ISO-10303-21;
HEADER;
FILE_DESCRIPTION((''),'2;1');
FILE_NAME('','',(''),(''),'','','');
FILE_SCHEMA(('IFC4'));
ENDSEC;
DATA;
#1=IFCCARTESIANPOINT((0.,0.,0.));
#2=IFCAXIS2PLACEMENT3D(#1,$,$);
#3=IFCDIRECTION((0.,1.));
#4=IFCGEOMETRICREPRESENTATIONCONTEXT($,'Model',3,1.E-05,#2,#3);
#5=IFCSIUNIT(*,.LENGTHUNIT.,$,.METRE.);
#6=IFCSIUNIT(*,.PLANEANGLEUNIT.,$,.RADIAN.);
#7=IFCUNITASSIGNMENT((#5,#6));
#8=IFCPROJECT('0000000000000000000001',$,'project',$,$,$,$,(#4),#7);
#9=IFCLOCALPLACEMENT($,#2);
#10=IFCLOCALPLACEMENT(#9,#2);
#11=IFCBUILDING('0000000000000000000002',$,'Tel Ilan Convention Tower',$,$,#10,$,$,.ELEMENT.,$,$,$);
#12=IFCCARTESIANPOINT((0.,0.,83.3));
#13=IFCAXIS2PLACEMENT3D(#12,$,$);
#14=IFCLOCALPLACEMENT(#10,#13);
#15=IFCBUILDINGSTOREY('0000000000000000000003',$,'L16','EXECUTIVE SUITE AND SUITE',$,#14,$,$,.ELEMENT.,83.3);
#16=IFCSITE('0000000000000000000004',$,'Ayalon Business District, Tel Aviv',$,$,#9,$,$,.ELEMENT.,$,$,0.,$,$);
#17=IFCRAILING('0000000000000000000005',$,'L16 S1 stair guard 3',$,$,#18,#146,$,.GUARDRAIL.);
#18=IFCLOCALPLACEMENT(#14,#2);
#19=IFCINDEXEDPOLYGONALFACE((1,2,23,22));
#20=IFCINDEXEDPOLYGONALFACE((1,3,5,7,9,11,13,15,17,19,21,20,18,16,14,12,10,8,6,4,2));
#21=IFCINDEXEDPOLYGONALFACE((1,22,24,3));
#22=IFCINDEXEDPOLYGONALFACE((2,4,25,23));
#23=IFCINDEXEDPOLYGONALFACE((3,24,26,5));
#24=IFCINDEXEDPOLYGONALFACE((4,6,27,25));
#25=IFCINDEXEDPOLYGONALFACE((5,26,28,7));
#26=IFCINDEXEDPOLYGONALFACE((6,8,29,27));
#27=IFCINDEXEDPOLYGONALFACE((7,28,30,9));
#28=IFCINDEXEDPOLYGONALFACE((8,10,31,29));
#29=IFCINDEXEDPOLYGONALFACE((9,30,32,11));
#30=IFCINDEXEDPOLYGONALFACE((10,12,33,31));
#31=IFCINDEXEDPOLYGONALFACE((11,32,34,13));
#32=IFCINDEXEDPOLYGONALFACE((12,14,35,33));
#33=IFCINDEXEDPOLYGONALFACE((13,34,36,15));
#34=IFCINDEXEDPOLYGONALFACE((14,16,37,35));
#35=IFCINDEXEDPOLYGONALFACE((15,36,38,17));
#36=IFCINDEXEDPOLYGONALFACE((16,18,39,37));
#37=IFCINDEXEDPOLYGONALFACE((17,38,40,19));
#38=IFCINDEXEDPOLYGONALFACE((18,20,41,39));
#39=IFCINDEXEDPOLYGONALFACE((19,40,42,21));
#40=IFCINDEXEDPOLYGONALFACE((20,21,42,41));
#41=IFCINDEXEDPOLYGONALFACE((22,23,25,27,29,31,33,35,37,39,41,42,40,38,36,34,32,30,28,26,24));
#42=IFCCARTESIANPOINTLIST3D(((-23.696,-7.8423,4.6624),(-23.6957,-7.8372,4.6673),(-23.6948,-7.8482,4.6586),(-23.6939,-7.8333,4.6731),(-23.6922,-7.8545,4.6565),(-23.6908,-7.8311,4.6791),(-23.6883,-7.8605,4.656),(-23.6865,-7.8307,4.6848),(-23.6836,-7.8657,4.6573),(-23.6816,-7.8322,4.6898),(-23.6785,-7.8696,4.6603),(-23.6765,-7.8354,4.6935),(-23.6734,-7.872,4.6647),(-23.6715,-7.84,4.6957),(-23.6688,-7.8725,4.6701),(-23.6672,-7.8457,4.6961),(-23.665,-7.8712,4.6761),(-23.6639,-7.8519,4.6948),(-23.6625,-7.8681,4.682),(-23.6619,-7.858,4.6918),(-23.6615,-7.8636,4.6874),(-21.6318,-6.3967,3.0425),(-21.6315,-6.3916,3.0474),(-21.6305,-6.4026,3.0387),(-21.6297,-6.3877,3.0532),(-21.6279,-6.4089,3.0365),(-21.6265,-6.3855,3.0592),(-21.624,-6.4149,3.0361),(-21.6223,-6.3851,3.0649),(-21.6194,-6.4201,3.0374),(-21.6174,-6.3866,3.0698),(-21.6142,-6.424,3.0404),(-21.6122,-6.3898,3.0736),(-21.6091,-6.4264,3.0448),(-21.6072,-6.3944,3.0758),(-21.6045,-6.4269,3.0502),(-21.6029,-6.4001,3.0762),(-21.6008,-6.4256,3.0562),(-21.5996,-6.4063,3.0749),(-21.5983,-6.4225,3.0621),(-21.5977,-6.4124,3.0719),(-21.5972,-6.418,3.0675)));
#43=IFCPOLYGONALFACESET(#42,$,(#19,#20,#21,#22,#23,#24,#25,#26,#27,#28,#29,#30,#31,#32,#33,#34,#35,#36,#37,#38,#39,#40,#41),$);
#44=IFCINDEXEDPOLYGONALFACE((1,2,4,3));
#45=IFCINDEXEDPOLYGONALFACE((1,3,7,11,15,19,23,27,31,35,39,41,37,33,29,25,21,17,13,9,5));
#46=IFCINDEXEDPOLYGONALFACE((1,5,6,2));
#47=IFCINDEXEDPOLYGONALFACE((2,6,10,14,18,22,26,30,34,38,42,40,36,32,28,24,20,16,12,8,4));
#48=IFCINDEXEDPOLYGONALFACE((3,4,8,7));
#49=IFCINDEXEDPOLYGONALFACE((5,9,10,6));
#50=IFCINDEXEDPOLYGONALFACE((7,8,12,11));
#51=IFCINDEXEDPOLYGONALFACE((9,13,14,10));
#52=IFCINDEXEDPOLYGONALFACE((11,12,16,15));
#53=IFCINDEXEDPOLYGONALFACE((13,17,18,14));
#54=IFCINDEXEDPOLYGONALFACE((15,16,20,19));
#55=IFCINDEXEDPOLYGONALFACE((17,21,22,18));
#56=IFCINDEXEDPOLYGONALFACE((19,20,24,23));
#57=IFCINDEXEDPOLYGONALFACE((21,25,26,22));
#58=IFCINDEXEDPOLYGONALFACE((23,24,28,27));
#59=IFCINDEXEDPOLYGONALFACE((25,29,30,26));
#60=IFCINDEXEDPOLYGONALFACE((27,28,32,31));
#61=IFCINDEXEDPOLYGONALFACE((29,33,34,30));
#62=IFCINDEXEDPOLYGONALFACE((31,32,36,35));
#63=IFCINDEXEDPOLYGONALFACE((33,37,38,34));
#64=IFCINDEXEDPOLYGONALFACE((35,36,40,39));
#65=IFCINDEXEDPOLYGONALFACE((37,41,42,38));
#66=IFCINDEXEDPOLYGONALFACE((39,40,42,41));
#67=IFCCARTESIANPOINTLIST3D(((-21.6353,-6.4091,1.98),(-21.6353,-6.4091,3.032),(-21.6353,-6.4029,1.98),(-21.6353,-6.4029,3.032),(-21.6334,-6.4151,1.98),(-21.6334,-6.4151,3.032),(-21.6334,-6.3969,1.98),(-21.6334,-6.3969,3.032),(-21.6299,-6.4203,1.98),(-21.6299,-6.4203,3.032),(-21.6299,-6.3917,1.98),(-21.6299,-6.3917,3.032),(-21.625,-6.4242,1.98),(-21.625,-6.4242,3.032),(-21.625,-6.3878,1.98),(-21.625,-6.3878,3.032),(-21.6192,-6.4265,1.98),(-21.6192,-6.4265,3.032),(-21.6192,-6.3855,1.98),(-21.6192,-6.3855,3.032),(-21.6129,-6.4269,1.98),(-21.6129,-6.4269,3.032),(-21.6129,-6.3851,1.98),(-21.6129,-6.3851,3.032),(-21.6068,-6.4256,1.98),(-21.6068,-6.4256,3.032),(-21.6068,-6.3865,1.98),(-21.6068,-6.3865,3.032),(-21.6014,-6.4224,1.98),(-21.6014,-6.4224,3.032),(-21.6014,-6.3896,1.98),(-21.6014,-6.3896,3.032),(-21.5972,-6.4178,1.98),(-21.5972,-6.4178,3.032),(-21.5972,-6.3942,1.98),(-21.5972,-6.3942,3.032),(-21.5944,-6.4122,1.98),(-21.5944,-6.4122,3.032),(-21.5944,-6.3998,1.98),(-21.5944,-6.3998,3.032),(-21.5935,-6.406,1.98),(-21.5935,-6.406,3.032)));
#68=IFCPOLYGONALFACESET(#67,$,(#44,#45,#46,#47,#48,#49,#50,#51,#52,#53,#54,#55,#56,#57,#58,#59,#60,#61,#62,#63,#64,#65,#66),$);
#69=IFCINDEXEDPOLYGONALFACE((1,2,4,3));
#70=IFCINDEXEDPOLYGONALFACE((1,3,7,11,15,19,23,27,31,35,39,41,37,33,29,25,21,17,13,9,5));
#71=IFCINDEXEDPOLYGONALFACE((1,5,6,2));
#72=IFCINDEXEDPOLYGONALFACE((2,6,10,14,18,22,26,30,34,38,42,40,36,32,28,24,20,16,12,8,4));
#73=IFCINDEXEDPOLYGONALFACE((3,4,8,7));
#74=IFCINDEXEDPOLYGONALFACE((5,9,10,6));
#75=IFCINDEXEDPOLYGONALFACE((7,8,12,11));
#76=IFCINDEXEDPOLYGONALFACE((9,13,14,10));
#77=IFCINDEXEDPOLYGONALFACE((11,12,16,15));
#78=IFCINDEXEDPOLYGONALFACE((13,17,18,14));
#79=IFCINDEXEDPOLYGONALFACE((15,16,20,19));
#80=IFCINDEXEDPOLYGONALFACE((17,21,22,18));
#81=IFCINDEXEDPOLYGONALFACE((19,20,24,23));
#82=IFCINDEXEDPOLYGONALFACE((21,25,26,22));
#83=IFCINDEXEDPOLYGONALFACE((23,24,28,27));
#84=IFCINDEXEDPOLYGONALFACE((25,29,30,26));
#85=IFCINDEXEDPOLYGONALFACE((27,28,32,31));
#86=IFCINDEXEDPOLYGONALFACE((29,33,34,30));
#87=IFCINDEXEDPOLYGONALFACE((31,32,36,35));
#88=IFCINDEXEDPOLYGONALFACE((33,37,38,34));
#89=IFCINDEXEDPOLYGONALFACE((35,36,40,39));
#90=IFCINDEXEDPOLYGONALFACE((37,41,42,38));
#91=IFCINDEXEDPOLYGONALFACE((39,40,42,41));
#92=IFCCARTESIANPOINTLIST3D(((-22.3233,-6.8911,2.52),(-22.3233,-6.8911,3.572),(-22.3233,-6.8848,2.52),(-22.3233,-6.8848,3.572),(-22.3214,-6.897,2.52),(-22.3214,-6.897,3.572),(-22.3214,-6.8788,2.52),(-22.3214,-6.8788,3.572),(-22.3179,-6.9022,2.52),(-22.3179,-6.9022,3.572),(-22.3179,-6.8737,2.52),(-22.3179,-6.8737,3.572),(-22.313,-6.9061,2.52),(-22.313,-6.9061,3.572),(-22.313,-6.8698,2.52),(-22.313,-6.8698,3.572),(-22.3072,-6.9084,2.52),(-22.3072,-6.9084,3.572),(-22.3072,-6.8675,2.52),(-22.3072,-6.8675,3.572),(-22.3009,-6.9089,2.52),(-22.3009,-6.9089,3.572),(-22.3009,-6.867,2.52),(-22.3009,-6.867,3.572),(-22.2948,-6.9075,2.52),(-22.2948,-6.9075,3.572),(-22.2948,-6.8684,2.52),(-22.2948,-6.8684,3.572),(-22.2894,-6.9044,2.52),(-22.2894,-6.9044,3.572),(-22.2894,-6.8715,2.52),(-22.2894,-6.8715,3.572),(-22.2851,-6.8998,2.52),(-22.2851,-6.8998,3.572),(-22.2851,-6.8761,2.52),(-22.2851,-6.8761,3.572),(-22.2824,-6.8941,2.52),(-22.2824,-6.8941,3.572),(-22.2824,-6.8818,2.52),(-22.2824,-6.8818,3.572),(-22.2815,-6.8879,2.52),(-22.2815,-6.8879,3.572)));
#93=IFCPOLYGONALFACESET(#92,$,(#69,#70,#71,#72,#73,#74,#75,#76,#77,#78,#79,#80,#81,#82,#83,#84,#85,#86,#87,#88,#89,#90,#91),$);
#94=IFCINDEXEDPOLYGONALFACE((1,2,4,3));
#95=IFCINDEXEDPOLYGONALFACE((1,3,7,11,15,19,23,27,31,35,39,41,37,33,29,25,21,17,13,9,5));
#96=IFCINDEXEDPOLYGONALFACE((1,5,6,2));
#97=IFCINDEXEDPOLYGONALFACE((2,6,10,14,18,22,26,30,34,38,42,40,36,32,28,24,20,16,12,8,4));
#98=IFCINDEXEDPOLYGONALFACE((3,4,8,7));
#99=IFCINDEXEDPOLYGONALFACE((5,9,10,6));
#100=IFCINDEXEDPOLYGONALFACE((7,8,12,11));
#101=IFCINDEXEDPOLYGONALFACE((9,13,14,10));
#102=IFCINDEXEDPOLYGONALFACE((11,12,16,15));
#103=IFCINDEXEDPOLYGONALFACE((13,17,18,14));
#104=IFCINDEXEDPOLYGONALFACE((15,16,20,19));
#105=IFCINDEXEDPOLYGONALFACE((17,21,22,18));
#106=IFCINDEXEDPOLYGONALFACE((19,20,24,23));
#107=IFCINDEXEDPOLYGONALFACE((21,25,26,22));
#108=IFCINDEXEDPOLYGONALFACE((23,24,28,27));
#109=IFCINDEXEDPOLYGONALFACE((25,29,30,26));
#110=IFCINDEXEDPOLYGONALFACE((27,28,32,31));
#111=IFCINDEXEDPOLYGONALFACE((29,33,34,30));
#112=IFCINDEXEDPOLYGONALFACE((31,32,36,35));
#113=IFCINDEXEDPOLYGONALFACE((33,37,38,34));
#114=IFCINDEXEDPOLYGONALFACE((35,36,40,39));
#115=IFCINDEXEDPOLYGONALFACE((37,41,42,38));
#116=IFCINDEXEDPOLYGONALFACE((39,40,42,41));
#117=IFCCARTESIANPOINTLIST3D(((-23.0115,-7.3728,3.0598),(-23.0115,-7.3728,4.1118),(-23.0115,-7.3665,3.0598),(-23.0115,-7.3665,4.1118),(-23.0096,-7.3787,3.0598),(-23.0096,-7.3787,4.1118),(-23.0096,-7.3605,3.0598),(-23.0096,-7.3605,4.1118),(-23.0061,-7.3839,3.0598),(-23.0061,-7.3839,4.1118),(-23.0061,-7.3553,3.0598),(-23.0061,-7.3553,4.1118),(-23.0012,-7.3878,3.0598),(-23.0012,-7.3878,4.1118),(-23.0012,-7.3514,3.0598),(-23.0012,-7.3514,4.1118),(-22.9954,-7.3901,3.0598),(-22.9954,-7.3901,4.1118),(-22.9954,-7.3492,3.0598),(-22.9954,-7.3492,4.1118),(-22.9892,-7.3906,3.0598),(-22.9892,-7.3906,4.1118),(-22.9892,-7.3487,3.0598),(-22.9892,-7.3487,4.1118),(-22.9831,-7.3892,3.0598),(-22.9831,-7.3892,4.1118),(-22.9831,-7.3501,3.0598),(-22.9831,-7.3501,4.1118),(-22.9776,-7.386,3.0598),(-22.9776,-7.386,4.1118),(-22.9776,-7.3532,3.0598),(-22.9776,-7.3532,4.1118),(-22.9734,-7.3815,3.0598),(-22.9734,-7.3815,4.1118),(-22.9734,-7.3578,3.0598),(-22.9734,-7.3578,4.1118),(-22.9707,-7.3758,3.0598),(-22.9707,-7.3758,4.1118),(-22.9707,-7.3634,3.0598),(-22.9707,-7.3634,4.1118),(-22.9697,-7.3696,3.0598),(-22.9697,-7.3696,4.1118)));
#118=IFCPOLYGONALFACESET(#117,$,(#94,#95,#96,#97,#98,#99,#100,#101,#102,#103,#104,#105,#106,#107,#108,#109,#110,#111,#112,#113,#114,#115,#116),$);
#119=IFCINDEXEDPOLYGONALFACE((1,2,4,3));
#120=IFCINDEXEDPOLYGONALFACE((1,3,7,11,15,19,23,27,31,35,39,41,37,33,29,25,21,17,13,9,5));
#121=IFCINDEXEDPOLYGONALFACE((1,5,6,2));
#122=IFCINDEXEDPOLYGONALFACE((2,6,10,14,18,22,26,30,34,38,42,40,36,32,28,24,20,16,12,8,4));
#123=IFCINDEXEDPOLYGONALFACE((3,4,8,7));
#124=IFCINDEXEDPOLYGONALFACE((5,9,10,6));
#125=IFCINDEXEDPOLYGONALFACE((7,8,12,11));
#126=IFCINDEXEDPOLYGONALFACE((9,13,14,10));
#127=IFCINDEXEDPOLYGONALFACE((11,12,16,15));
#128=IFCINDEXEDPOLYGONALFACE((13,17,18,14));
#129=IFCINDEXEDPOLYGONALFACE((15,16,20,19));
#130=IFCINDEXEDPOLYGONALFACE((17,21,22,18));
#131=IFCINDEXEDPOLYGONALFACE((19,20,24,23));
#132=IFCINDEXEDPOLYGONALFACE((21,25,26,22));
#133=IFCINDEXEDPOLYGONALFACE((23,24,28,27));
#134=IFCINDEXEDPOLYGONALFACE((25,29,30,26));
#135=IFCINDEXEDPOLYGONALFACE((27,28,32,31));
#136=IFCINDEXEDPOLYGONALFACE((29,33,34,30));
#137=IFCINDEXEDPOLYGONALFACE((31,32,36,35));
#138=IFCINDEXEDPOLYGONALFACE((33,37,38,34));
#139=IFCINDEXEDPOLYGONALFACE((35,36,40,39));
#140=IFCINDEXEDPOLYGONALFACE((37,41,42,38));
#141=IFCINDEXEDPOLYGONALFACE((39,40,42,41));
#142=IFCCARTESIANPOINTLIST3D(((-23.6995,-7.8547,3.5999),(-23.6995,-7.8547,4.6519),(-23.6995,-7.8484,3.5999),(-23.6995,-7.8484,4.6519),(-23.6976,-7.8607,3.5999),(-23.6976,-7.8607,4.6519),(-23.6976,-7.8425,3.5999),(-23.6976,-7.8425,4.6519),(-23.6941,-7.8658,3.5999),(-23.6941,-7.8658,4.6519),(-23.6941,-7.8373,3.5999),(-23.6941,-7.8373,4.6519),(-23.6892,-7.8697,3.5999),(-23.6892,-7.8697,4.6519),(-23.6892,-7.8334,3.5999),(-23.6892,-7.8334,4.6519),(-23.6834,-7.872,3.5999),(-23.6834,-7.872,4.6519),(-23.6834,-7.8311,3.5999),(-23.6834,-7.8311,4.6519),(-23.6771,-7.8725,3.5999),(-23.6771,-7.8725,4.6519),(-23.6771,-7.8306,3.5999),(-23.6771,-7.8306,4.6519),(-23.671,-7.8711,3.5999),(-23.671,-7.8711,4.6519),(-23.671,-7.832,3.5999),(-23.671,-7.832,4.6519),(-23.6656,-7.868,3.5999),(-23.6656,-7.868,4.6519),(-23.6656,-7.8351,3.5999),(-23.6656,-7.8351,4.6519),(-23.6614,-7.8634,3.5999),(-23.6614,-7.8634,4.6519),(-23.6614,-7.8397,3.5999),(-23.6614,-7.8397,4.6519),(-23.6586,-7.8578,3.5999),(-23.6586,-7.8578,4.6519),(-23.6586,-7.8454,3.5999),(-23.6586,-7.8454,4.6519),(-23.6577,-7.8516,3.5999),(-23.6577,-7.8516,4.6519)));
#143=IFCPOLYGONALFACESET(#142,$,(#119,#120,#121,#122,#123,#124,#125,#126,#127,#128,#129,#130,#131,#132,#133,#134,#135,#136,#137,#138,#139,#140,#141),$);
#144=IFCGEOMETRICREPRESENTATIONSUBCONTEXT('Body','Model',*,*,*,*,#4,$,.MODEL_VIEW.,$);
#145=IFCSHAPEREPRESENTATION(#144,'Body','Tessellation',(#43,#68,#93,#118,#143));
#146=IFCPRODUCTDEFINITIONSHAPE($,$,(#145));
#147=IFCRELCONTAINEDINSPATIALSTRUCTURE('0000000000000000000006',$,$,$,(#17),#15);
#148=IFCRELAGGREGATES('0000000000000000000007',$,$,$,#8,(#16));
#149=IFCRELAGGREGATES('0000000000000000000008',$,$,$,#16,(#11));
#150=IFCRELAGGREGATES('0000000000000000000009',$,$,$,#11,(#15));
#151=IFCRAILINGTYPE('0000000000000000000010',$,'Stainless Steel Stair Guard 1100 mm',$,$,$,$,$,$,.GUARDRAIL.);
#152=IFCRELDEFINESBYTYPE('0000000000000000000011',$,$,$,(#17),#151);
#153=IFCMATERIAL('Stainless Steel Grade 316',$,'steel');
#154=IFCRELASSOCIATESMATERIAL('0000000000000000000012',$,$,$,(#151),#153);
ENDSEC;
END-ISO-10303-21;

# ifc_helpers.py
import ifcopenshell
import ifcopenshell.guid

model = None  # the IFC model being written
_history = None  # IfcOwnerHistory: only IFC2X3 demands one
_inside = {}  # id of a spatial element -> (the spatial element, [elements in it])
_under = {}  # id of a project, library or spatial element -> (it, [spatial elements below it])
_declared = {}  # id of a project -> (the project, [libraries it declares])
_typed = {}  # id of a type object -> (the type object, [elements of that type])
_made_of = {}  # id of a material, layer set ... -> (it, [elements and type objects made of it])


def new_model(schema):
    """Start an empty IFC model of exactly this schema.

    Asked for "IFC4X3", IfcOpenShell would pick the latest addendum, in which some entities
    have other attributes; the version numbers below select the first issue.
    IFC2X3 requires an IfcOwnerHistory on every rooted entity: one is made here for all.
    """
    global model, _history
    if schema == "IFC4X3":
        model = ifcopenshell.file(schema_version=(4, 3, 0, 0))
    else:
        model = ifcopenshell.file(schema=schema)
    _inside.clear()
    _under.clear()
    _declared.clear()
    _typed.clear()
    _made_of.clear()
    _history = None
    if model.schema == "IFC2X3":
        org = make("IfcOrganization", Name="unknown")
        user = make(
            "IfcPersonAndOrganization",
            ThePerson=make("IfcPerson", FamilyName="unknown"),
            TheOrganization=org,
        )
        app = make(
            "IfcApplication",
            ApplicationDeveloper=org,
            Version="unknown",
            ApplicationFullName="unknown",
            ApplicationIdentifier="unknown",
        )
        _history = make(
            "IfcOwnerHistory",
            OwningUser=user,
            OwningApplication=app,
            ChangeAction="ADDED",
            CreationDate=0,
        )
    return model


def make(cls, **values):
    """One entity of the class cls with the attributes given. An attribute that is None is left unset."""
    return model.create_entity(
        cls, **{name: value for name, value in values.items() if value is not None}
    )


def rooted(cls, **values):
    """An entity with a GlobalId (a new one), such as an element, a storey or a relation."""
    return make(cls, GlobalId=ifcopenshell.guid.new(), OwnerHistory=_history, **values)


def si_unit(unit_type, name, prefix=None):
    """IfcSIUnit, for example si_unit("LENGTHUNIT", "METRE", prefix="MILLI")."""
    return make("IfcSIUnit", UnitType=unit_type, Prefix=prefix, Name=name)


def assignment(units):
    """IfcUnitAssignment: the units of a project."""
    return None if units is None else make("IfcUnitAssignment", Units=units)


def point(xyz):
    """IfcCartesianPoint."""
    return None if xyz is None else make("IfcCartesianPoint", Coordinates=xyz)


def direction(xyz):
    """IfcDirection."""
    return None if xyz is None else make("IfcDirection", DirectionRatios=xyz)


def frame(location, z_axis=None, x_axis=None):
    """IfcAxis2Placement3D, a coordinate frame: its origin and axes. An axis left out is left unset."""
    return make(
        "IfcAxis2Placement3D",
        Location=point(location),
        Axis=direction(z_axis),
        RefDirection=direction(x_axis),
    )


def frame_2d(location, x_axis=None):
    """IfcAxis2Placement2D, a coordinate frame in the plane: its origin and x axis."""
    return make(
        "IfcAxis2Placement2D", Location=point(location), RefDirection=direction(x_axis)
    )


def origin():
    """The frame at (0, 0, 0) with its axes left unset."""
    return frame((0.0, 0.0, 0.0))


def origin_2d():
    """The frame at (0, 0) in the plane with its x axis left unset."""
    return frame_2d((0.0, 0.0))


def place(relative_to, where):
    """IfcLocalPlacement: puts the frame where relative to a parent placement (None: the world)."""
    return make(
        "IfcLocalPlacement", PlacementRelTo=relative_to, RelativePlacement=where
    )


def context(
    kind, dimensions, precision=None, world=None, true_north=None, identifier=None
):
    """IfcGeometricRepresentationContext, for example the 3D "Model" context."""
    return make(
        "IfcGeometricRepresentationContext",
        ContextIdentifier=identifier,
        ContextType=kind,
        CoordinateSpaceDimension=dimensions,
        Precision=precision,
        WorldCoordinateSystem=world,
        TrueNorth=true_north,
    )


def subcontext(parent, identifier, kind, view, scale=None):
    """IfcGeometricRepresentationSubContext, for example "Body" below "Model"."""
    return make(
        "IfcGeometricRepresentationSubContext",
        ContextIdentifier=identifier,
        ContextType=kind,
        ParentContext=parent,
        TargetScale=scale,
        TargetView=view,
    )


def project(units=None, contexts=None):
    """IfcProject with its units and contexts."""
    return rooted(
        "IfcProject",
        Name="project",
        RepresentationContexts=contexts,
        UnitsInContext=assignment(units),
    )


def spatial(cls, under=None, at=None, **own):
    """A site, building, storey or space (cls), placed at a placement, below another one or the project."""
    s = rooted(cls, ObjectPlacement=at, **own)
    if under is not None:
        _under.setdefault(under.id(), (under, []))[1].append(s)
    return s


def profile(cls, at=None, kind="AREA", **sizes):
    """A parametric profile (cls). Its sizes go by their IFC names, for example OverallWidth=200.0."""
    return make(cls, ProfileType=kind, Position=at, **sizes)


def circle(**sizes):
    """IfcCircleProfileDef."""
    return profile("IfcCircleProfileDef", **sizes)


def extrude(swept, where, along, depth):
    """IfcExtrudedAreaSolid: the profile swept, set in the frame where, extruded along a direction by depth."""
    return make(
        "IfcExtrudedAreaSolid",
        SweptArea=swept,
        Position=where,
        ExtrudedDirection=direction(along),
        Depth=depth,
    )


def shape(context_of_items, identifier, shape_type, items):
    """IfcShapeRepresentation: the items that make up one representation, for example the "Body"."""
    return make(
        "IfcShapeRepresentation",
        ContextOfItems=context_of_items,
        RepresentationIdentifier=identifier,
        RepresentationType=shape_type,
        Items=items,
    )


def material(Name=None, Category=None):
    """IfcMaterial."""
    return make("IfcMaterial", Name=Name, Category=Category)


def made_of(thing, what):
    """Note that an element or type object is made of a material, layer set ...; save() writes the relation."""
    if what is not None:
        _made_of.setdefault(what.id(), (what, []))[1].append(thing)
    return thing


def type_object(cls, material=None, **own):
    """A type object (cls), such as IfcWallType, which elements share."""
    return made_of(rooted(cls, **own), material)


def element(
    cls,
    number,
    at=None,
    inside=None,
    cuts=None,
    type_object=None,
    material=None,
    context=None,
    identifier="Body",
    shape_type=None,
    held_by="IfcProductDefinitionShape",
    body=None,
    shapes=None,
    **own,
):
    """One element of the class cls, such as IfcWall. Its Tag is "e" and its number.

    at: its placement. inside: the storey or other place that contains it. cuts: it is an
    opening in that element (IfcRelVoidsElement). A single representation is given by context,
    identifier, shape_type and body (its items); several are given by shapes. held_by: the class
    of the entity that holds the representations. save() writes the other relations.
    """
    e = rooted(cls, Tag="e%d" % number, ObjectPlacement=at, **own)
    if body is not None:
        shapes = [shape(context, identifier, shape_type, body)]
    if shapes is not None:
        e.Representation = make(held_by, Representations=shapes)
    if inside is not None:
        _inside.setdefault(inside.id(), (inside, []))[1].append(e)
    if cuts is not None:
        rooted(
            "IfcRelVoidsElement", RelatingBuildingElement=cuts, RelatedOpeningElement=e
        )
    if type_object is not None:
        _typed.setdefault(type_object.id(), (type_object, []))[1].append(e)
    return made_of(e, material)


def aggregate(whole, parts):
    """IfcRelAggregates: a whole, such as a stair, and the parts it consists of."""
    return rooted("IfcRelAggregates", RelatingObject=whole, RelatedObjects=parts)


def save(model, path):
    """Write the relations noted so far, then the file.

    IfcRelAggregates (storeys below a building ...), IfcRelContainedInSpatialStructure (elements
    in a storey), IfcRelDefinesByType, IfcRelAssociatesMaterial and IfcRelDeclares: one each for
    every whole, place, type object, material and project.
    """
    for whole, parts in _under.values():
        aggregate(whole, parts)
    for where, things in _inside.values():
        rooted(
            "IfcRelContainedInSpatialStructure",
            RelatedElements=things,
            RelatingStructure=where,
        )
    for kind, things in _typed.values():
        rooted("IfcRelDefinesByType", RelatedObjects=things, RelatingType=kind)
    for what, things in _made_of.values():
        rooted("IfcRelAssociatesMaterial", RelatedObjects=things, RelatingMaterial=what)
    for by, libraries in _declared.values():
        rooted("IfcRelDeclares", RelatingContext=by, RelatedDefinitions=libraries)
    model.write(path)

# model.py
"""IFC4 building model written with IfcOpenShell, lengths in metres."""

from ifc_helpers import new_model, si_unit, direction, frame, origin, origin_2d, place, context, subcontext, project, spatial, circle, extrude, material, type_object, element, save


model = new_model("IFC4")

# Units and contexts
model_context = context("Model", 3, precision=1e-05, world=origin(), true_north=direction((0.0, 1.0)))
body_context = subcontext(model_context, "Body", "Model", "MODEL_VIEW")
ifc_project = project(units=[si_unit("LENGTHUNIT", "METRE"), si_unit("PLANEANGLEUNIT", "RADIAN")], contexts=[model_context])

# Site, building, storey
site_placement = place(None, origin())
site = spatial("IfcSite", under=ifc_project, at=site_placement, Name="Ayalon Business District, Tel Aviv", CompositionType="ELEMENT", RefElevation=0.0)
building_placement = place(site_placement, origin())
building = spatial("IfcBuilding", under=site, at=building_placement, Name="Tel Ilan Convention Tower", CompositionType="ELEMENT")
storey_placement = place(building_placement, frame((0.0, 0.0, 83.3)))
storey = spatial("IfcBuildingStorey", under=building, at=storey_placement, Name="L16", Description="EXECUTIVE SUITE AND SUITE", CompositionType="ELEMENT", Elevation=83.3)

# Railing
ifc_material_1 = material(Name="Stainless Steel Grade 316", Category="steel")
railing_type_1 = type_object("IfcRailingType", Name="Stainless Steel Stair Guard 1100 mm", PredefinedType="GUARDRAIL", material=ifc_material_1)
railing_1_placement = place(storey_placement, frame((-21.6145, -6.406, 1.98)))
element("IfcRailing", 1, at=railing_1_placement, inside=storey, type_object=railing_type_1, Name="L16 S1 stair guard 3", PredefinedType="GUARDRAIL", context=body_context, shape_type="SweptSolid", body=[
    extrude(circle(Radius=0.0239, at=origin_2d()), frame((0.0, 0.0, 1.0762), z_axis=(-0.689043, -0.482534, 0.540722), x_axis=(0.573625, -0.819118, 0.0)), (0.0, 0.0, 1.0), 2.9958),
    extrude(circle(Radius=0.021, at=origin_2d()), origin(), (0.0, 0.0, 1.0), 1.052),
    extrude(circle(Radius=0.021, at=origin_2d()), frame((-0.688, -0.4819, 0.54)), (0.0, 0.0, 1.0), 1.052),
    extrude(circle(Radius=0.021, at=origin_2d()), frame((-1.3762, -0.9636, 1.0798)), (0.0, 0.0, 1.0), 1.052),
    extrude(circle(Radius=0.021, at=origin_2d()), frame((-2.0642, -1.4456, 1.6199)), (0.0, 0.0, 1.0), 1.052),
])

save(model, "model.ifc")
